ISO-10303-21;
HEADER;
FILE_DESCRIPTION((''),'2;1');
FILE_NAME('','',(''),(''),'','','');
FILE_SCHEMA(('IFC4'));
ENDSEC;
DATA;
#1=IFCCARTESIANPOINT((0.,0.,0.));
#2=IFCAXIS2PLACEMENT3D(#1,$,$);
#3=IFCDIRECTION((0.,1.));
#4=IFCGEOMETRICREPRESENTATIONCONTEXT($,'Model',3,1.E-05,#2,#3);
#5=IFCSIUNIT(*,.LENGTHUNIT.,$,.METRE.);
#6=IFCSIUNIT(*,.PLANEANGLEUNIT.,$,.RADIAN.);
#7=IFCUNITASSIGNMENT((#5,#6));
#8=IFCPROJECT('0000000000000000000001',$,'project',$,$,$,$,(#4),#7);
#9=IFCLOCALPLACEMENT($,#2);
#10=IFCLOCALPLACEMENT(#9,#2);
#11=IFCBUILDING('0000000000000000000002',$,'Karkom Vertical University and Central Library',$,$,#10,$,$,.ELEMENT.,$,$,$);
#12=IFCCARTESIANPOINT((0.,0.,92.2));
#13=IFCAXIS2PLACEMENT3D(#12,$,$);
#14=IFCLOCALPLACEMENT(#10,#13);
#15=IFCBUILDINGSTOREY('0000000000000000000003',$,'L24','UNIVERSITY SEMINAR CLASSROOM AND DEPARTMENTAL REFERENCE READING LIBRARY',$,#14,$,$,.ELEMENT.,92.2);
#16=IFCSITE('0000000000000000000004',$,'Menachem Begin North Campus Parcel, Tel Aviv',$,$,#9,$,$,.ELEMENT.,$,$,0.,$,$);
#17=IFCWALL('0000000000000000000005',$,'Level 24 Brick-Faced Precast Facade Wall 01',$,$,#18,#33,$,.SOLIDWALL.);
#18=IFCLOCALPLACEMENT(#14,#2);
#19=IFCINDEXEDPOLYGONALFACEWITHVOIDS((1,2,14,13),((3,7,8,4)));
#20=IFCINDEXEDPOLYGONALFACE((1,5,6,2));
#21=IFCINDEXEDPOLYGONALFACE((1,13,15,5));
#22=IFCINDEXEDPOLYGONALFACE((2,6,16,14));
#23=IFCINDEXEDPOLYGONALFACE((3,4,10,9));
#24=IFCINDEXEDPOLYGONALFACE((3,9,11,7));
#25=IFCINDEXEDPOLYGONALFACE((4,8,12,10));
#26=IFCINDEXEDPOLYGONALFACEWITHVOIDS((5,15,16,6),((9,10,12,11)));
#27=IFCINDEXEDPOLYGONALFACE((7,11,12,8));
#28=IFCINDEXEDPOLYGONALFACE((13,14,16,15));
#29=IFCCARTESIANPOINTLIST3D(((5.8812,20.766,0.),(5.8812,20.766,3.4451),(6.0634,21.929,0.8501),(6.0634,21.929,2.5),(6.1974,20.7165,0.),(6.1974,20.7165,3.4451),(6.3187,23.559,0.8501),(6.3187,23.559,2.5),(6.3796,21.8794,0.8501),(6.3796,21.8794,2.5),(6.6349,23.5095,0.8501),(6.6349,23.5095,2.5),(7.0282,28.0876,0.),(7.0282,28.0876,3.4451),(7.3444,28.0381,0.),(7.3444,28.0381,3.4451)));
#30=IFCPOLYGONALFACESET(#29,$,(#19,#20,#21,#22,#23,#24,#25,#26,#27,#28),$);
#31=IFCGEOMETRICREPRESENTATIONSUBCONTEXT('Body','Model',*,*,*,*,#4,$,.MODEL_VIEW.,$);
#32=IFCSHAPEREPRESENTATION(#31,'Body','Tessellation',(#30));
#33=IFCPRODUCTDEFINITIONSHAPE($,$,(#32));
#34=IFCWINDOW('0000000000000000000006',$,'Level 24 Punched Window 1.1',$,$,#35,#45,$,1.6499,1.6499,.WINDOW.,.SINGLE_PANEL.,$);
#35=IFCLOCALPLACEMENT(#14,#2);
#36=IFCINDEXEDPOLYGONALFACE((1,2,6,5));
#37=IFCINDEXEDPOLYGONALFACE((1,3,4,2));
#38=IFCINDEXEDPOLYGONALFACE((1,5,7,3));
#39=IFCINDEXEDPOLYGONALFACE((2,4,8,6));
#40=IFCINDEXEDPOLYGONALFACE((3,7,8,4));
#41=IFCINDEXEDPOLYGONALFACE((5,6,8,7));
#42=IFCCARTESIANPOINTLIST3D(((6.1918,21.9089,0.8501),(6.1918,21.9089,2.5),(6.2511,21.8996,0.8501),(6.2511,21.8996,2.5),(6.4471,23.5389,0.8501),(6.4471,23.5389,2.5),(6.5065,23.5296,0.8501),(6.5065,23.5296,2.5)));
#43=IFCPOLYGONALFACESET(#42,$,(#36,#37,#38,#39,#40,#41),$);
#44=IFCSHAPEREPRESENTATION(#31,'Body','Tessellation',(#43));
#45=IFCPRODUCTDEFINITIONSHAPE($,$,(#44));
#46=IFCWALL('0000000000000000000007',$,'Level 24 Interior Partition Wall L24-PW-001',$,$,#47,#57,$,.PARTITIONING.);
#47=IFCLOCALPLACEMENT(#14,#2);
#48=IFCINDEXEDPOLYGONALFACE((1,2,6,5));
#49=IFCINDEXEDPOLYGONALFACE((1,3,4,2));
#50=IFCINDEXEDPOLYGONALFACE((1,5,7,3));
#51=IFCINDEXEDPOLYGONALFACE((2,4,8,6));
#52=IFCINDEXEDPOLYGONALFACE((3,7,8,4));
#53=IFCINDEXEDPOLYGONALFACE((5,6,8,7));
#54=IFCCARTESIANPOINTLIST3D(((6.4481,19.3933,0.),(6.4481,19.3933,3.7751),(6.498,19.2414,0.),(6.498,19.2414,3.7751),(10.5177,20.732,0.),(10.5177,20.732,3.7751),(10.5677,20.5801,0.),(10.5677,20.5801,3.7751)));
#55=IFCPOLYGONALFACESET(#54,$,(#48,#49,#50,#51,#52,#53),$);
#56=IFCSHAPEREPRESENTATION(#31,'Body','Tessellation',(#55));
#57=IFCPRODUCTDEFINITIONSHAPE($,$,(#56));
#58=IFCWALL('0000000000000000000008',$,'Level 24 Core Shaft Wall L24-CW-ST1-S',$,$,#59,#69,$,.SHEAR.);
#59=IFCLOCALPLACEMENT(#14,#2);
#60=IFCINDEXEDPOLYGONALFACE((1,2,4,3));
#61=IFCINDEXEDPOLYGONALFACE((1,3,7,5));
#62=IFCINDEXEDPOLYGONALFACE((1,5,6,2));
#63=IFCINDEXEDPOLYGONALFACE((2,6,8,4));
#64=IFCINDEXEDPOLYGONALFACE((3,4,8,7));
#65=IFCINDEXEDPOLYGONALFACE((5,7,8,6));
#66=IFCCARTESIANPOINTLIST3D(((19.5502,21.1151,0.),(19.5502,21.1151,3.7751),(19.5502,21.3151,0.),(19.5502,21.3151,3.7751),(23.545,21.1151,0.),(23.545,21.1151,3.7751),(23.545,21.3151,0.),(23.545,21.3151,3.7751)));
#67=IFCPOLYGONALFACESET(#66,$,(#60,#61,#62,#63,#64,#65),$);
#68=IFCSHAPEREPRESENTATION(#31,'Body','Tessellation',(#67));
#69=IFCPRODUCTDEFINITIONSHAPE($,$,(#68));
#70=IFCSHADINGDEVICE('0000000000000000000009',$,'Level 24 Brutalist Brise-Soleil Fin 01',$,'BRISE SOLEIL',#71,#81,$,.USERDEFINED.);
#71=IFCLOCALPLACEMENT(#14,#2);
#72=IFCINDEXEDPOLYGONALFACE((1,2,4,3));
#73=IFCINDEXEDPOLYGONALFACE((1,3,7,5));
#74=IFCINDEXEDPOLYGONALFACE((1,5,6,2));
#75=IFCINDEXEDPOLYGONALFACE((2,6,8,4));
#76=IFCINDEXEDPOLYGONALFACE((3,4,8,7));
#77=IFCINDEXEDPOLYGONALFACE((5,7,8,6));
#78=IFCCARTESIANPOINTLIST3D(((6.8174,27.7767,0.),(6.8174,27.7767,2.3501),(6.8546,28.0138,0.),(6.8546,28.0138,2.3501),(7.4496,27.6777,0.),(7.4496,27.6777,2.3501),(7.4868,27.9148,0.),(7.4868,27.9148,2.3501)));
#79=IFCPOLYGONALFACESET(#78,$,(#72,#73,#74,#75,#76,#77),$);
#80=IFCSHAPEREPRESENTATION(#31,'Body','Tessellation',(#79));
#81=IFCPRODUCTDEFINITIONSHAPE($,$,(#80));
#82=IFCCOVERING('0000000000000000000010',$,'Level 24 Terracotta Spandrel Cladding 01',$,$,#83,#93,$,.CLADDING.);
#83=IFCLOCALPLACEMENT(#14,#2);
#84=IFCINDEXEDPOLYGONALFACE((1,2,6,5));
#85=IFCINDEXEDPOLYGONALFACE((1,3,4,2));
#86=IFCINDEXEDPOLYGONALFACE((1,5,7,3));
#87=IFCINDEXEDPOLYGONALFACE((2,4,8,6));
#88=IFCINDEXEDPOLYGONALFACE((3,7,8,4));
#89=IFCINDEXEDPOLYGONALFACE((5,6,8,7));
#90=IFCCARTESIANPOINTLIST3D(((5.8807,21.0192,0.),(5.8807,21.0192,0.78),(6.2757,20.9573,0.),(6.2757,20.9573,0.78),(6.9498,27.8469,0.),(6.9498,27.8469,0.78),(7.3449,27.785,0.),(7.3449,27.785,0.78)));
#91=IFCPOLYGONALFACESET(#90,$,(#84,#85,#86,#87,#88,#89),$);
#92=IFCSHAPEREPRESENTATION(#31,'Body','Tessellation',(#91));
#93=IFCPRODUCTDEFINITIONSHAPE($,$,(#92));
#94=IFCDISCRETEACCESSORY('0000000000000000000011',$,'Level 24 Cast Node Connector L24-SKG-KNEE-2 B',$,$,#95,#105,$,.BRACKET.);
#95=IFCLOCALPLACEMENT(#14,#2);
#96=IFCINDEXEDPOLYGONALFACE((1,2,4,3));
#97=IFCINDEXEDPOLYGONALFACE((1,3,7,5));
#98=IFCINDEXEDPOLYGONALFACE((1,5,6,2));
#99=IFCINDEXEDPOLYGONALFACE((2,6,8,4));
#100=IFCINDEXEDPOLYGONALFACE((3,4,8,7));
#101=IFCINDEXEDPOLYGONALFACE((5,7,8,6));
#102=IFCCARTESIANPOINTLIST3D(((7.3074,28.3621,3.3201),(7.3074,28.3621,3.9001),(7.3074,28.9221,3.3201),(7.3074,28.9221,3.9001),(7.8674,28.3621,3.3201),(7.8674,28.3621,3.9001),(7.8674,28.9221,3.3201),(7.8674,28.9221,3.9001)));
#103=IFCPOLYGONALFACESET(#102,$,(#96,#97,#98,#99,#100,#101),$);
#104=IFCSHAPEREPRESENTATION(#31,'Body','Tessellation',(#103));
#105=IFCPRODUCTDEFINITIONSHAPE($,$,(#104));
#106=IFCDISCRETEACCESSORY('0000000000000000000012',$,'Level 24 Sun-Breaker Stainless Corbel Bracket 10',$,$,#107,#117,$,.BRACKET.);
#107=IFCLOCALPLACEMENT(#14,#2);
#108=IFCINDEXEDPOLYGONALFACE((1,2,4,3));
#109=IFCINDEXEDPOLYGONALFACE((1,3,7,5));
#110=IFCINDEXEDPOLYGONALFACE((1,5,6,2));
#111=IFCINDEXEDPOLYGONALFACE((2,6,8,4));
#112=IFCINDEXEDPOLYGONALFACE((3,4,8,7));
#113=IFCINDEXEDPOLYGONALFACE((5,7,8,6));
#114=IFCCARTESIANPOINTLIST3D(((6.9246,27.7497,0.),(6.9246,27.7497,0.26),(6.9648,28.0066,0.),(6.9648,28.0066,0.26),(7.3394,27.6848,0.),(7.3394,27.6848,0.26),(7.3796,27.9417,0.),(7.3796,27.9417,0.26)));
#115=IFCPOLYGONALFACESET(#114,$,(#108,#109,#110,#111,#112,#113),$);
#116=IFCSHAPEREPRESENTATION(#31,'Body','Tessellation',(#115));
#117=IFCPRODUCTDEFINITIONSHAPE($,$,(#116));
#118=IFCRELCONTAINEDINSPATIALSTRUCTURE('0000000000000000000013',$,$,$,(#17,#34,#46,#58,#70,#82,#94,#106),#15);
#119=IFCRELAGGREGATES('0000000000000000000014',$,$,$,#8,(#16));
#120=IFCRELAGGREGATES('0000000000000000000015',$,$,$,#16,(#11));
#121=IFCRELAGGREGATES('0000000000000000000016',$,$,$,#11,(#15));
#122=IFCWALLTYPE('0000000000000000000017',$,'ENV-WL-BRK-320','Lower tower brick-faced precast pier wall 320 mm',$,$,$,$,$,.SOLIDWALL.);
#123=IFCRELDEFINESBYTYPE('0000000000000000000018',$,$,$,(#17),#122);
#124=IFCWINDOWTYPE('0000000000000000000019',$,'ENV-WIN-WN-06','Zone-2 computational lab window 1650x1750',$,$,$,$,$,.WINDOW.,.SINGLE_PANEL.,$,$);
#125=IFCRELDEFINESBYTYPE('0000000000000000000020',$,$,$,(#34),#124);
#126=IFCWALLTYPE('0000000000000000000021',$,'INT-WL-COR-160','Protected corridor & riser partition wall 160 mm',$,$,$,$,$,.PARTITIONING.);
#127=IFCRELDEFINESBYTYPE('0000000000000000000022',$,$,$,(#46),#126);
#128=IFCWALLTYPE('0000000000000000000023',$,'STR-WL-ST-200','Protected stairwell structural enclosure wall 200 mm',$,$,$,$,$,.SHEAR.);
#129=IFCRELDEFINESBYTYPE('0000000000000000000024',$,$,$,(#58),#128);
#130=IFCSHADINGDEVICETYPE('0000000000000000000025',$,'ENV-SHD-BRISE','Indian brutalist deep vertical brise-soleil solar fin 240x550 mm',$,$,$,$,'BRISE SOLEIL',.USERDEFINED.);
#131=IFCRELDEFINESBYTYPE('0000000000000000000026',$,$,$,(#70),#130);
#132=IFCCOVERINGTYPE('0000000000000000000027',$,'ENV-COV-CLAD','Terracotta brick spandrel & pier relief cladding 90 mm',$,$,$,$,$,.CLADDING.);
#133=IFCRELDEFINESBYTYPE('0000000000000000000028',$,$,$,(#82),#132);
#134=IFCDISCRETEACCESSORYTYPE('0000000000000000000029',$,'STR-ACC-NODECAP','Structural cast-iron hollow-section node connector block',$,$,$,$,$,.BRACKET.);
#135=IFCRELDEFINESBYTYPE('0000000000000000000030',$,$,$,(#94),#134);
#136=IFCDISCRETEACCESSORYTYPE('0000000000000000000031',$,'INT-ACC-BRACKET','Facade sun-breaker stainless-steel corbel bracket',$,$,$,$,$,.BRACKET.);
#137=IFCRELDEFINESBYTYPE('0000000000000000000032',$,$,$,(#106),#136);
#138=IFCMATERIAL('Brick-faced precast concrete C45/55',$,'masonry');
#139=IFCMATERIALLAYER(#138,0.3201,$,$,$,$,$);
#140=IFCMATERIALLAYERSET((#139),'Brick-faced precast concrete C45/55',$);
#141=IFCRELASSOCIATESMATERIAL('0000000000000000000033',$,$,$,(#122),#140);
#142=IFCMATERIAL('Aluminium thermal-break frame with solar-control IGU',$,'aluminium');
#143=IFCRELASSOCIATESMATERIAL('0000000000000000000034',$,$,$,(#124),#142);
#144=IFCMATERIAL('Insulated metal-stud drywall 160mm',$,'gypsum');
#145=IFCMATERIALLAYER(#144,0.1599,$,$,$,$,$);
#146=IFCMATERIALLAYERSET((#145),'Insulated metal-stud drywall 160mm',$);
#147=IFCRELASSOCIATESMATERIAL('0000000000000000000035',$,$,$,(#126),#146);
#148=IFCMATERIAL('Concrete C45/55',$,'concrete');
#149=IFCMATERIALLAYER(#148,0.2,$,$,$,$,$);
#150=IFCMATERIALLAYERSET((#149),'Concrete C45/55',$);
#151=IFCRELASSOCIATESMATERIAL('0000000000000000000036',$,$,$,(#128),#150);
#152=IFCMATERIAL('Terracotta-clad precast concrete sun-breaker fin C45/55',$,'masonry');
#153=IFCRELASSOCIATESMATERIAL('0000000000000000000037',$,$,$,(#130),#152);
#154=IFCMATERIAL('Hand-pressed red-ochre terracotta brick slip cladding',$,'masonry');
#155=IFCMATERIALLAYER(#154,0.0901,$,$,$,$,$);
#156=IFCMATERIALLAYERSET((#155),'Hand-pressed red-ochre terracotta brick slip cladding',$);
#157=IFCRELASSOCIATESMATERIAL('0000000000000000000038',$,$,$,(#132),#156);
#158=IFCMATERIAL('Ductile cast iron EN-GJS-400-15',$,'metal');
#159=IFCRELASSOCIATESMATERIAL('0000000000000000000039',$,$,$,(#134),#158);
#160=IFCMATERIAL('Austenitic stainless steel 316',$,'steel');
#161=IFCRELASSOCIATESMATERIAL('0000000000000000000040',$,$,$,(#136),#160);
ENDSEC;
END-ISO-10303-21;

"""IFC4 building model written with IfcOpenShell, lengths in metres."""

from ifc_helpers import new_model, si_unit, direction, frame, frame_2d, origin, origin_with_axes, origin_2d, place, context, subcontext, project, spatial, rectangle, extrude, source, transform, mapped, material, layer, layer_set, type_object, element, fill, save


model = new_model("IFC4")

# Units and contexts
model_context = context("Model", 3, precision=1e-05, world=origin(), true_north=direction((0.0, 1.0)))
body_context = subcontext(model_context, "Body", "Model", "MODEL_VIEW")
ifc_project = project(units=[si_unit("LENGTHUNIT", "METRE"), si_unit("PLANEANGLEUNIT", "RADIAN")], contexts=[model_context])

# Site, building, storey
site_placement = place(None, origin())
site = spatial("IfcSite", under=ifc_project, at=site_placement, Name="Menachem Begin North Campus Parcel, Tel Aviv", CompositionType="ELEMENT", RefElevation=0.0)
building_placement = place(site_placement, origin())
building = spatial("IfcBuilding", under=site, at=building_placement, Name="Karkom Vertical University and Central Library", CompositionType="ELEMENT")
storey_placement = place(building_placement, frame((0.0, 0.0, 92.2)))
storey = spatial("IfcBuildingStorey", under=building, at=storey_placement, Name="L24", Description="UNIVERSITY SEMINAR CLASSROOM AND DEPARTMENTAL REFERENCE READING LIBRARY", CompositionType="ELEMENT", Elevation=92.2)

# Wall, opening, window
ifc_material_1 = material(Name="Brick-faced precast concrete C45/55", Category="masonry")
ifc_layer_1 = layer(ifc_material_1, 0.3201)
ifc_layer_set_1 = layer_set([ifc_layer_1], Name="Brick-faced precast concrete C45/55")
wall_type_1 = type_object("IfcWallType", Name="ENV-WL-BRK-320", Description="Lower tower brick-faced precast pier wall 320 mm", PredefinedType="SOLIDWALL", material=ifc_layer_set_1)
wall_1_placement = place(storey_placement, frame((7.1863, 28.063, 0.0), z_axis=(0.0, 0.0, 1.0), x_axis=(-0.15477, -0.987951, 0.0)))
wall_1 = element("IfcWall", 1, at=wall_1_placement, inside=storey, type_object=wall_type_1, Name="Level 24 Brick-Faced Precast Facade Wall 01", PredefinedType="SOLIDWALL", context=body_context, shape_type="SweptSolid", body=[
    extrude(rectangle(XDim=7.4109, YDim=0.3201, at=frame_2d((3.7056, 0.0))), origin(), (0.0, 0.0, 1.0), 3.4451),
])
opening_placement = place(wall_1_placement, frame((4.584, 0.0, 0.8501)))
opening = element("IfcOpeningElement", 2, at=opening_placement, cuts=wall_1, PredefinedType="OPENING", context=body_context, shape_type="SweptSolid", body=[
    extrude(rectangle(XDim=1.6499, YDim=1.6499, at=frame_2d((0.825, 0.825))), frame((0.0, 0.1699, 0.0), z_axis=(0.0, -1.0, 0.0), x_axis=(1.0, 0.0, 0.0)), (0.0, 0.0, 1.0), 0.3401),
])
ifc_material_2 = material(Name="Aluminium thermal-break frame with solar-control IGU", Category="aluminium")
window_type = type_object("IfcWindowType", Name="ENV-WIN-WN-06", Description="Zone-2 computational lab window 1650x1750", PartitioningType="SINGLE_PANEL", PredefinedType="WINDOW", material=ifc_material_2)
shared_shape_1 = source(origin_with_axes(), body_context, "Body", "SweptSolid", [
    extrude(rectangle(XDim=1.6499, YDim=1.6499, at=frame_2d((0.825, 0.825))), frame((0.0, 0.03, 0.0), z_axis=(0.0, -1.0, 0.0), x_axis=(1.0, 0.0, 0.0)), (0.0, 0.0, 1.0), 0.0601),
])
window_placement = place(opening_placement, origin())
window = element("IfcWindow", 3, at=window_placement, inside=storey, type_object=window_type, Name="Level 24 Punched Window 1.1", OverallHeight=1.6499, OverallWidth=1.6499, PartitioningType="SINGLE_PANEL", PredefinedType="WINDOW", context=body_context, shape_type="MappedRepresentation", body=[
    mapped(shared_shape_1, transform((0.0, 0.0, 0.0), scale=1.0)),
])
fill(opening, window)

# Walls
ifc_material_3 = material(Name="Insulated metal-stud drywall 160mm", Category="gypsum")
ifc_layer_2 = layer(ifc_material_3, 0.1599)
ifc_layer_set_2 = layer_set([ifc_layer_2], Name="Insulated metal-stud drywall 160mm")
wall_type_2 = type_object("IfcWallType", Name="INT-WL-COR-160", Description="Protected corridor & riser partition wall 160 mm", PredefinedType="PARTITIONING", material=ifc_layer_set_2)
wall_2_placement = place(storey_placement, frame((10.5427, 20.656, 0.0), z_axis=(0.0, 0.0, 1.0), x_axis=(-0.94993, -0.312464, 0.0)))
element("IfcWall", 4, at=wall_2_placement, inside=storey, type_object=wall_type_2, Name="Level 24 Interior Partition Wall L24-PW-001", PredefinedType="PARTITIONING", context=body_context, shape_type="SweptSolid", body=[
    extrude(rectangle(XDim=4.2842, YDim=0.1599, at=frame_2d((2.1421, 0.0))), origin(), (0.0, 0.0, 1.0), 3.7751),
])
ifc_material_4 = material(Name="Concrete C45/55", Category="concrete")
ifc_layer_3 = layer(ifc_material_4, 0.2)
ifc_layer_set_3 = layer_set([ifc_layer_3], Name="Concrete C45/55")
wall_type_3 = type_object("IfcWallType", Name="STR-WL-ST-200", Description="Protected stairwell structural enclosure wall 200 mm", PredefinedType="SHEAR", material=ifc_layer_set_3)
wall_3_placement = place(storey_placement, frame((19.55, 21.2151, 0.0), z_axis=(0.0, 0.0, 1.0), x_axis=(1.0, 0.0, 0.0)))
element("IfcWall", 5, at=wall_3_placement, inside=storey, type_object=wall_type_3, Name="Level 24 Core Shaft Wall L24-CW-ST1-S", PredefinedType="SHEAR", context=body_context, shape_type="SweptSolid", body=[
    extrude(rectangle(XDim=3.9949, YDim=0.2, at=frame_2d((1.9976, 0.0))), origin(), (0.0, 0.0, 1.0), 3.7751),
])

# Shading device
ifc_material_5 = material(Name="Terracotta-clad precast concrete sun-breaker fin C45/55", Category="masonry")
shading_device_type = type_object("IfcShadingDeviceType", Name="ENV-SHD-BRISE", Description="Indian brutalist deep vertical brise-soleil solar fin 240x550 mm", ElementType="BRISE SOLEIL", PredefinedType="USERDEFINED", material=ifc_material_5)
shared_shape_2 = source(origin_with_axes(), body_context, "Body", "SweptSolid", [
    extrude(rectangle(XDim=0.24, YDim=0.6399, at=origin_2d()), origin(), (0.0, 0.0, 1.0), 2.3501),
])
shading_device_placement = place(storey_placement, frame((7.1521, 27.8457, 0.0), z_axis=(0.0, 0.0, 1.0), x_axis=(-0.15471, -0.98796, 0.0)))
element("IfcShadingDevice", 6, at=shading_device_placement, inside=storey, type_object=shading_device_type, Name="Level 24 Brutalist Brise-Soleil Fin 01", ObjectType="BRISE SOLEIL", PredefinedType="USERDEFINED", context=body_context, shape_type="MappedRepresentation", body=[
    mapped(shared_shape_2, transform((0.0, 0.0, 0.0), scale=1.0)),
])

# Covering
ifc_material_6 = material(Name="Hand-pressed red-ochre terracotta brick slip cladding", Category="masonry")
ifc_layer_4 = layer(ifc_material_6, 0.0901)
ifc_layer_set_4 = layer_set([ifc_layer_4], Name="Hand-pressed red-ochre terracotta brick slip cladding")
covering_type = type_object("IfcCoveringType", Name="ENV-COV-CLAD", Description="Terracotta brick spandrel & pier relief cladding 90 mm", PredefinedType="CLADDING", material=ifc_layer_set_4)
shared_shape_3 = source(origin_with_axes(), body_context, "Body", "SweptSolid", [
    extrude(rectangle(XDim=6.9109, YDim=0.3999, at=origin_2d()), origin(), (0.0, 0.0, 1.0), 0.78),
])
covering_placement = place(storey_placement, frame((6.6128, 24.4021, 0.0), z_axis=(0.0, 0.0, 1.0), x_axis=(-0.15471, -0.98796, 0.0)))
element("IfcCovering", 7, at=covering_placement, inside=storey, type_object=covering_type, Name="Level 24 Terracotta Spandrel Cladding 01", PredefinedType="CLADDING", context=body_context, shape_type="MappedRepresentation", body=[
    mapped(shared_shape_3, transform((0.0, 0.0, 0.0), scale=1.0)),
])

# Discrete accessories
ifc_material_7 = material(Name="Ductile cast iron EN-GJS-400-15", Category="metal")
discrete_accessory_type_1 = type_object("IfcDiscreteAccessoryType", Name="STR-ACC-NODECAP", Description="Structural cast-iron hollow-section node connector block", PredefinedType="BRACKET", material=ifc_material_7)
shared_shape_4 = source(origin_with_axes(), body_context, "Body", "SweptSolid", [
    extrude(rectangle(XDim=0.5601, YDim=0.5601, at=origin_2d()), origin(), (0.0, 0.0, 1.0), 0.5801),
])
discrete_accessory_1_placement = place(storey_placement, frame((7.5874, 28.6421, 3.3201), z_axis=(0.0, 0.0, 1.0), x_axis=(1.0, 0.0, 0.0)))
element("IfcDiscreteAccessory", 8, at=discrete_accessory_1_placement, inside=storey, type_object=discrete_accessory_type_1, Name="Level 24 Cast Node Connector L24-SKG-KNEE-2 B", PredefinedType="BRACKET", context=body_context, shape_type="MappedRepresentation", body=[
    mapped(shared_shape_4, transform((0.0, 0.0, 0.0), scale=1.0)),
])
ifc_material_8 = material(Name="Austenitic stainless steel 316", Category="steel")
discrete_accessory_type_2 = type_object("IfcDiscreteAccessoryType", Name="INT-ACC-BRACKET", Description="Facade sun-breaker stainless-steel corbel bracket", PredefinedType="BRACKET", material=ifc_material_8)
shared_shape_5 = source(origin_with_axes(), body_context, "Body", "SweptSolid", [
    extrude(rectangle(XDim=0.26, YDim=0.4199, at=origin_2d()), origin(), (0.0, 0.0, 1.0), 0.26),
])
discrete_accessory_2_placement = place(storey_placement, frame((7.1521, 27.8457, 0.0), z_axis=(0.0, 0.0, 1.0), x_axis=(-0.15471, -0.98796, 0.0)))
element("IfcDiscreteAccessory", 9, at=discrete_accessory_2_placement, inside=storey, type_object=discrete_accessory_type_2, Name="Level 24 Sun-Breaker Stainless Corbel Bracket 10", PredefinedType="BRACKET", context=body_context, shape_type="MappedRepresentation", body=[
    mapped(shared_shape_5, transform((0.0, 0.0, 0.0), scale=1.0)),
])

save(model, "model.ifc")
